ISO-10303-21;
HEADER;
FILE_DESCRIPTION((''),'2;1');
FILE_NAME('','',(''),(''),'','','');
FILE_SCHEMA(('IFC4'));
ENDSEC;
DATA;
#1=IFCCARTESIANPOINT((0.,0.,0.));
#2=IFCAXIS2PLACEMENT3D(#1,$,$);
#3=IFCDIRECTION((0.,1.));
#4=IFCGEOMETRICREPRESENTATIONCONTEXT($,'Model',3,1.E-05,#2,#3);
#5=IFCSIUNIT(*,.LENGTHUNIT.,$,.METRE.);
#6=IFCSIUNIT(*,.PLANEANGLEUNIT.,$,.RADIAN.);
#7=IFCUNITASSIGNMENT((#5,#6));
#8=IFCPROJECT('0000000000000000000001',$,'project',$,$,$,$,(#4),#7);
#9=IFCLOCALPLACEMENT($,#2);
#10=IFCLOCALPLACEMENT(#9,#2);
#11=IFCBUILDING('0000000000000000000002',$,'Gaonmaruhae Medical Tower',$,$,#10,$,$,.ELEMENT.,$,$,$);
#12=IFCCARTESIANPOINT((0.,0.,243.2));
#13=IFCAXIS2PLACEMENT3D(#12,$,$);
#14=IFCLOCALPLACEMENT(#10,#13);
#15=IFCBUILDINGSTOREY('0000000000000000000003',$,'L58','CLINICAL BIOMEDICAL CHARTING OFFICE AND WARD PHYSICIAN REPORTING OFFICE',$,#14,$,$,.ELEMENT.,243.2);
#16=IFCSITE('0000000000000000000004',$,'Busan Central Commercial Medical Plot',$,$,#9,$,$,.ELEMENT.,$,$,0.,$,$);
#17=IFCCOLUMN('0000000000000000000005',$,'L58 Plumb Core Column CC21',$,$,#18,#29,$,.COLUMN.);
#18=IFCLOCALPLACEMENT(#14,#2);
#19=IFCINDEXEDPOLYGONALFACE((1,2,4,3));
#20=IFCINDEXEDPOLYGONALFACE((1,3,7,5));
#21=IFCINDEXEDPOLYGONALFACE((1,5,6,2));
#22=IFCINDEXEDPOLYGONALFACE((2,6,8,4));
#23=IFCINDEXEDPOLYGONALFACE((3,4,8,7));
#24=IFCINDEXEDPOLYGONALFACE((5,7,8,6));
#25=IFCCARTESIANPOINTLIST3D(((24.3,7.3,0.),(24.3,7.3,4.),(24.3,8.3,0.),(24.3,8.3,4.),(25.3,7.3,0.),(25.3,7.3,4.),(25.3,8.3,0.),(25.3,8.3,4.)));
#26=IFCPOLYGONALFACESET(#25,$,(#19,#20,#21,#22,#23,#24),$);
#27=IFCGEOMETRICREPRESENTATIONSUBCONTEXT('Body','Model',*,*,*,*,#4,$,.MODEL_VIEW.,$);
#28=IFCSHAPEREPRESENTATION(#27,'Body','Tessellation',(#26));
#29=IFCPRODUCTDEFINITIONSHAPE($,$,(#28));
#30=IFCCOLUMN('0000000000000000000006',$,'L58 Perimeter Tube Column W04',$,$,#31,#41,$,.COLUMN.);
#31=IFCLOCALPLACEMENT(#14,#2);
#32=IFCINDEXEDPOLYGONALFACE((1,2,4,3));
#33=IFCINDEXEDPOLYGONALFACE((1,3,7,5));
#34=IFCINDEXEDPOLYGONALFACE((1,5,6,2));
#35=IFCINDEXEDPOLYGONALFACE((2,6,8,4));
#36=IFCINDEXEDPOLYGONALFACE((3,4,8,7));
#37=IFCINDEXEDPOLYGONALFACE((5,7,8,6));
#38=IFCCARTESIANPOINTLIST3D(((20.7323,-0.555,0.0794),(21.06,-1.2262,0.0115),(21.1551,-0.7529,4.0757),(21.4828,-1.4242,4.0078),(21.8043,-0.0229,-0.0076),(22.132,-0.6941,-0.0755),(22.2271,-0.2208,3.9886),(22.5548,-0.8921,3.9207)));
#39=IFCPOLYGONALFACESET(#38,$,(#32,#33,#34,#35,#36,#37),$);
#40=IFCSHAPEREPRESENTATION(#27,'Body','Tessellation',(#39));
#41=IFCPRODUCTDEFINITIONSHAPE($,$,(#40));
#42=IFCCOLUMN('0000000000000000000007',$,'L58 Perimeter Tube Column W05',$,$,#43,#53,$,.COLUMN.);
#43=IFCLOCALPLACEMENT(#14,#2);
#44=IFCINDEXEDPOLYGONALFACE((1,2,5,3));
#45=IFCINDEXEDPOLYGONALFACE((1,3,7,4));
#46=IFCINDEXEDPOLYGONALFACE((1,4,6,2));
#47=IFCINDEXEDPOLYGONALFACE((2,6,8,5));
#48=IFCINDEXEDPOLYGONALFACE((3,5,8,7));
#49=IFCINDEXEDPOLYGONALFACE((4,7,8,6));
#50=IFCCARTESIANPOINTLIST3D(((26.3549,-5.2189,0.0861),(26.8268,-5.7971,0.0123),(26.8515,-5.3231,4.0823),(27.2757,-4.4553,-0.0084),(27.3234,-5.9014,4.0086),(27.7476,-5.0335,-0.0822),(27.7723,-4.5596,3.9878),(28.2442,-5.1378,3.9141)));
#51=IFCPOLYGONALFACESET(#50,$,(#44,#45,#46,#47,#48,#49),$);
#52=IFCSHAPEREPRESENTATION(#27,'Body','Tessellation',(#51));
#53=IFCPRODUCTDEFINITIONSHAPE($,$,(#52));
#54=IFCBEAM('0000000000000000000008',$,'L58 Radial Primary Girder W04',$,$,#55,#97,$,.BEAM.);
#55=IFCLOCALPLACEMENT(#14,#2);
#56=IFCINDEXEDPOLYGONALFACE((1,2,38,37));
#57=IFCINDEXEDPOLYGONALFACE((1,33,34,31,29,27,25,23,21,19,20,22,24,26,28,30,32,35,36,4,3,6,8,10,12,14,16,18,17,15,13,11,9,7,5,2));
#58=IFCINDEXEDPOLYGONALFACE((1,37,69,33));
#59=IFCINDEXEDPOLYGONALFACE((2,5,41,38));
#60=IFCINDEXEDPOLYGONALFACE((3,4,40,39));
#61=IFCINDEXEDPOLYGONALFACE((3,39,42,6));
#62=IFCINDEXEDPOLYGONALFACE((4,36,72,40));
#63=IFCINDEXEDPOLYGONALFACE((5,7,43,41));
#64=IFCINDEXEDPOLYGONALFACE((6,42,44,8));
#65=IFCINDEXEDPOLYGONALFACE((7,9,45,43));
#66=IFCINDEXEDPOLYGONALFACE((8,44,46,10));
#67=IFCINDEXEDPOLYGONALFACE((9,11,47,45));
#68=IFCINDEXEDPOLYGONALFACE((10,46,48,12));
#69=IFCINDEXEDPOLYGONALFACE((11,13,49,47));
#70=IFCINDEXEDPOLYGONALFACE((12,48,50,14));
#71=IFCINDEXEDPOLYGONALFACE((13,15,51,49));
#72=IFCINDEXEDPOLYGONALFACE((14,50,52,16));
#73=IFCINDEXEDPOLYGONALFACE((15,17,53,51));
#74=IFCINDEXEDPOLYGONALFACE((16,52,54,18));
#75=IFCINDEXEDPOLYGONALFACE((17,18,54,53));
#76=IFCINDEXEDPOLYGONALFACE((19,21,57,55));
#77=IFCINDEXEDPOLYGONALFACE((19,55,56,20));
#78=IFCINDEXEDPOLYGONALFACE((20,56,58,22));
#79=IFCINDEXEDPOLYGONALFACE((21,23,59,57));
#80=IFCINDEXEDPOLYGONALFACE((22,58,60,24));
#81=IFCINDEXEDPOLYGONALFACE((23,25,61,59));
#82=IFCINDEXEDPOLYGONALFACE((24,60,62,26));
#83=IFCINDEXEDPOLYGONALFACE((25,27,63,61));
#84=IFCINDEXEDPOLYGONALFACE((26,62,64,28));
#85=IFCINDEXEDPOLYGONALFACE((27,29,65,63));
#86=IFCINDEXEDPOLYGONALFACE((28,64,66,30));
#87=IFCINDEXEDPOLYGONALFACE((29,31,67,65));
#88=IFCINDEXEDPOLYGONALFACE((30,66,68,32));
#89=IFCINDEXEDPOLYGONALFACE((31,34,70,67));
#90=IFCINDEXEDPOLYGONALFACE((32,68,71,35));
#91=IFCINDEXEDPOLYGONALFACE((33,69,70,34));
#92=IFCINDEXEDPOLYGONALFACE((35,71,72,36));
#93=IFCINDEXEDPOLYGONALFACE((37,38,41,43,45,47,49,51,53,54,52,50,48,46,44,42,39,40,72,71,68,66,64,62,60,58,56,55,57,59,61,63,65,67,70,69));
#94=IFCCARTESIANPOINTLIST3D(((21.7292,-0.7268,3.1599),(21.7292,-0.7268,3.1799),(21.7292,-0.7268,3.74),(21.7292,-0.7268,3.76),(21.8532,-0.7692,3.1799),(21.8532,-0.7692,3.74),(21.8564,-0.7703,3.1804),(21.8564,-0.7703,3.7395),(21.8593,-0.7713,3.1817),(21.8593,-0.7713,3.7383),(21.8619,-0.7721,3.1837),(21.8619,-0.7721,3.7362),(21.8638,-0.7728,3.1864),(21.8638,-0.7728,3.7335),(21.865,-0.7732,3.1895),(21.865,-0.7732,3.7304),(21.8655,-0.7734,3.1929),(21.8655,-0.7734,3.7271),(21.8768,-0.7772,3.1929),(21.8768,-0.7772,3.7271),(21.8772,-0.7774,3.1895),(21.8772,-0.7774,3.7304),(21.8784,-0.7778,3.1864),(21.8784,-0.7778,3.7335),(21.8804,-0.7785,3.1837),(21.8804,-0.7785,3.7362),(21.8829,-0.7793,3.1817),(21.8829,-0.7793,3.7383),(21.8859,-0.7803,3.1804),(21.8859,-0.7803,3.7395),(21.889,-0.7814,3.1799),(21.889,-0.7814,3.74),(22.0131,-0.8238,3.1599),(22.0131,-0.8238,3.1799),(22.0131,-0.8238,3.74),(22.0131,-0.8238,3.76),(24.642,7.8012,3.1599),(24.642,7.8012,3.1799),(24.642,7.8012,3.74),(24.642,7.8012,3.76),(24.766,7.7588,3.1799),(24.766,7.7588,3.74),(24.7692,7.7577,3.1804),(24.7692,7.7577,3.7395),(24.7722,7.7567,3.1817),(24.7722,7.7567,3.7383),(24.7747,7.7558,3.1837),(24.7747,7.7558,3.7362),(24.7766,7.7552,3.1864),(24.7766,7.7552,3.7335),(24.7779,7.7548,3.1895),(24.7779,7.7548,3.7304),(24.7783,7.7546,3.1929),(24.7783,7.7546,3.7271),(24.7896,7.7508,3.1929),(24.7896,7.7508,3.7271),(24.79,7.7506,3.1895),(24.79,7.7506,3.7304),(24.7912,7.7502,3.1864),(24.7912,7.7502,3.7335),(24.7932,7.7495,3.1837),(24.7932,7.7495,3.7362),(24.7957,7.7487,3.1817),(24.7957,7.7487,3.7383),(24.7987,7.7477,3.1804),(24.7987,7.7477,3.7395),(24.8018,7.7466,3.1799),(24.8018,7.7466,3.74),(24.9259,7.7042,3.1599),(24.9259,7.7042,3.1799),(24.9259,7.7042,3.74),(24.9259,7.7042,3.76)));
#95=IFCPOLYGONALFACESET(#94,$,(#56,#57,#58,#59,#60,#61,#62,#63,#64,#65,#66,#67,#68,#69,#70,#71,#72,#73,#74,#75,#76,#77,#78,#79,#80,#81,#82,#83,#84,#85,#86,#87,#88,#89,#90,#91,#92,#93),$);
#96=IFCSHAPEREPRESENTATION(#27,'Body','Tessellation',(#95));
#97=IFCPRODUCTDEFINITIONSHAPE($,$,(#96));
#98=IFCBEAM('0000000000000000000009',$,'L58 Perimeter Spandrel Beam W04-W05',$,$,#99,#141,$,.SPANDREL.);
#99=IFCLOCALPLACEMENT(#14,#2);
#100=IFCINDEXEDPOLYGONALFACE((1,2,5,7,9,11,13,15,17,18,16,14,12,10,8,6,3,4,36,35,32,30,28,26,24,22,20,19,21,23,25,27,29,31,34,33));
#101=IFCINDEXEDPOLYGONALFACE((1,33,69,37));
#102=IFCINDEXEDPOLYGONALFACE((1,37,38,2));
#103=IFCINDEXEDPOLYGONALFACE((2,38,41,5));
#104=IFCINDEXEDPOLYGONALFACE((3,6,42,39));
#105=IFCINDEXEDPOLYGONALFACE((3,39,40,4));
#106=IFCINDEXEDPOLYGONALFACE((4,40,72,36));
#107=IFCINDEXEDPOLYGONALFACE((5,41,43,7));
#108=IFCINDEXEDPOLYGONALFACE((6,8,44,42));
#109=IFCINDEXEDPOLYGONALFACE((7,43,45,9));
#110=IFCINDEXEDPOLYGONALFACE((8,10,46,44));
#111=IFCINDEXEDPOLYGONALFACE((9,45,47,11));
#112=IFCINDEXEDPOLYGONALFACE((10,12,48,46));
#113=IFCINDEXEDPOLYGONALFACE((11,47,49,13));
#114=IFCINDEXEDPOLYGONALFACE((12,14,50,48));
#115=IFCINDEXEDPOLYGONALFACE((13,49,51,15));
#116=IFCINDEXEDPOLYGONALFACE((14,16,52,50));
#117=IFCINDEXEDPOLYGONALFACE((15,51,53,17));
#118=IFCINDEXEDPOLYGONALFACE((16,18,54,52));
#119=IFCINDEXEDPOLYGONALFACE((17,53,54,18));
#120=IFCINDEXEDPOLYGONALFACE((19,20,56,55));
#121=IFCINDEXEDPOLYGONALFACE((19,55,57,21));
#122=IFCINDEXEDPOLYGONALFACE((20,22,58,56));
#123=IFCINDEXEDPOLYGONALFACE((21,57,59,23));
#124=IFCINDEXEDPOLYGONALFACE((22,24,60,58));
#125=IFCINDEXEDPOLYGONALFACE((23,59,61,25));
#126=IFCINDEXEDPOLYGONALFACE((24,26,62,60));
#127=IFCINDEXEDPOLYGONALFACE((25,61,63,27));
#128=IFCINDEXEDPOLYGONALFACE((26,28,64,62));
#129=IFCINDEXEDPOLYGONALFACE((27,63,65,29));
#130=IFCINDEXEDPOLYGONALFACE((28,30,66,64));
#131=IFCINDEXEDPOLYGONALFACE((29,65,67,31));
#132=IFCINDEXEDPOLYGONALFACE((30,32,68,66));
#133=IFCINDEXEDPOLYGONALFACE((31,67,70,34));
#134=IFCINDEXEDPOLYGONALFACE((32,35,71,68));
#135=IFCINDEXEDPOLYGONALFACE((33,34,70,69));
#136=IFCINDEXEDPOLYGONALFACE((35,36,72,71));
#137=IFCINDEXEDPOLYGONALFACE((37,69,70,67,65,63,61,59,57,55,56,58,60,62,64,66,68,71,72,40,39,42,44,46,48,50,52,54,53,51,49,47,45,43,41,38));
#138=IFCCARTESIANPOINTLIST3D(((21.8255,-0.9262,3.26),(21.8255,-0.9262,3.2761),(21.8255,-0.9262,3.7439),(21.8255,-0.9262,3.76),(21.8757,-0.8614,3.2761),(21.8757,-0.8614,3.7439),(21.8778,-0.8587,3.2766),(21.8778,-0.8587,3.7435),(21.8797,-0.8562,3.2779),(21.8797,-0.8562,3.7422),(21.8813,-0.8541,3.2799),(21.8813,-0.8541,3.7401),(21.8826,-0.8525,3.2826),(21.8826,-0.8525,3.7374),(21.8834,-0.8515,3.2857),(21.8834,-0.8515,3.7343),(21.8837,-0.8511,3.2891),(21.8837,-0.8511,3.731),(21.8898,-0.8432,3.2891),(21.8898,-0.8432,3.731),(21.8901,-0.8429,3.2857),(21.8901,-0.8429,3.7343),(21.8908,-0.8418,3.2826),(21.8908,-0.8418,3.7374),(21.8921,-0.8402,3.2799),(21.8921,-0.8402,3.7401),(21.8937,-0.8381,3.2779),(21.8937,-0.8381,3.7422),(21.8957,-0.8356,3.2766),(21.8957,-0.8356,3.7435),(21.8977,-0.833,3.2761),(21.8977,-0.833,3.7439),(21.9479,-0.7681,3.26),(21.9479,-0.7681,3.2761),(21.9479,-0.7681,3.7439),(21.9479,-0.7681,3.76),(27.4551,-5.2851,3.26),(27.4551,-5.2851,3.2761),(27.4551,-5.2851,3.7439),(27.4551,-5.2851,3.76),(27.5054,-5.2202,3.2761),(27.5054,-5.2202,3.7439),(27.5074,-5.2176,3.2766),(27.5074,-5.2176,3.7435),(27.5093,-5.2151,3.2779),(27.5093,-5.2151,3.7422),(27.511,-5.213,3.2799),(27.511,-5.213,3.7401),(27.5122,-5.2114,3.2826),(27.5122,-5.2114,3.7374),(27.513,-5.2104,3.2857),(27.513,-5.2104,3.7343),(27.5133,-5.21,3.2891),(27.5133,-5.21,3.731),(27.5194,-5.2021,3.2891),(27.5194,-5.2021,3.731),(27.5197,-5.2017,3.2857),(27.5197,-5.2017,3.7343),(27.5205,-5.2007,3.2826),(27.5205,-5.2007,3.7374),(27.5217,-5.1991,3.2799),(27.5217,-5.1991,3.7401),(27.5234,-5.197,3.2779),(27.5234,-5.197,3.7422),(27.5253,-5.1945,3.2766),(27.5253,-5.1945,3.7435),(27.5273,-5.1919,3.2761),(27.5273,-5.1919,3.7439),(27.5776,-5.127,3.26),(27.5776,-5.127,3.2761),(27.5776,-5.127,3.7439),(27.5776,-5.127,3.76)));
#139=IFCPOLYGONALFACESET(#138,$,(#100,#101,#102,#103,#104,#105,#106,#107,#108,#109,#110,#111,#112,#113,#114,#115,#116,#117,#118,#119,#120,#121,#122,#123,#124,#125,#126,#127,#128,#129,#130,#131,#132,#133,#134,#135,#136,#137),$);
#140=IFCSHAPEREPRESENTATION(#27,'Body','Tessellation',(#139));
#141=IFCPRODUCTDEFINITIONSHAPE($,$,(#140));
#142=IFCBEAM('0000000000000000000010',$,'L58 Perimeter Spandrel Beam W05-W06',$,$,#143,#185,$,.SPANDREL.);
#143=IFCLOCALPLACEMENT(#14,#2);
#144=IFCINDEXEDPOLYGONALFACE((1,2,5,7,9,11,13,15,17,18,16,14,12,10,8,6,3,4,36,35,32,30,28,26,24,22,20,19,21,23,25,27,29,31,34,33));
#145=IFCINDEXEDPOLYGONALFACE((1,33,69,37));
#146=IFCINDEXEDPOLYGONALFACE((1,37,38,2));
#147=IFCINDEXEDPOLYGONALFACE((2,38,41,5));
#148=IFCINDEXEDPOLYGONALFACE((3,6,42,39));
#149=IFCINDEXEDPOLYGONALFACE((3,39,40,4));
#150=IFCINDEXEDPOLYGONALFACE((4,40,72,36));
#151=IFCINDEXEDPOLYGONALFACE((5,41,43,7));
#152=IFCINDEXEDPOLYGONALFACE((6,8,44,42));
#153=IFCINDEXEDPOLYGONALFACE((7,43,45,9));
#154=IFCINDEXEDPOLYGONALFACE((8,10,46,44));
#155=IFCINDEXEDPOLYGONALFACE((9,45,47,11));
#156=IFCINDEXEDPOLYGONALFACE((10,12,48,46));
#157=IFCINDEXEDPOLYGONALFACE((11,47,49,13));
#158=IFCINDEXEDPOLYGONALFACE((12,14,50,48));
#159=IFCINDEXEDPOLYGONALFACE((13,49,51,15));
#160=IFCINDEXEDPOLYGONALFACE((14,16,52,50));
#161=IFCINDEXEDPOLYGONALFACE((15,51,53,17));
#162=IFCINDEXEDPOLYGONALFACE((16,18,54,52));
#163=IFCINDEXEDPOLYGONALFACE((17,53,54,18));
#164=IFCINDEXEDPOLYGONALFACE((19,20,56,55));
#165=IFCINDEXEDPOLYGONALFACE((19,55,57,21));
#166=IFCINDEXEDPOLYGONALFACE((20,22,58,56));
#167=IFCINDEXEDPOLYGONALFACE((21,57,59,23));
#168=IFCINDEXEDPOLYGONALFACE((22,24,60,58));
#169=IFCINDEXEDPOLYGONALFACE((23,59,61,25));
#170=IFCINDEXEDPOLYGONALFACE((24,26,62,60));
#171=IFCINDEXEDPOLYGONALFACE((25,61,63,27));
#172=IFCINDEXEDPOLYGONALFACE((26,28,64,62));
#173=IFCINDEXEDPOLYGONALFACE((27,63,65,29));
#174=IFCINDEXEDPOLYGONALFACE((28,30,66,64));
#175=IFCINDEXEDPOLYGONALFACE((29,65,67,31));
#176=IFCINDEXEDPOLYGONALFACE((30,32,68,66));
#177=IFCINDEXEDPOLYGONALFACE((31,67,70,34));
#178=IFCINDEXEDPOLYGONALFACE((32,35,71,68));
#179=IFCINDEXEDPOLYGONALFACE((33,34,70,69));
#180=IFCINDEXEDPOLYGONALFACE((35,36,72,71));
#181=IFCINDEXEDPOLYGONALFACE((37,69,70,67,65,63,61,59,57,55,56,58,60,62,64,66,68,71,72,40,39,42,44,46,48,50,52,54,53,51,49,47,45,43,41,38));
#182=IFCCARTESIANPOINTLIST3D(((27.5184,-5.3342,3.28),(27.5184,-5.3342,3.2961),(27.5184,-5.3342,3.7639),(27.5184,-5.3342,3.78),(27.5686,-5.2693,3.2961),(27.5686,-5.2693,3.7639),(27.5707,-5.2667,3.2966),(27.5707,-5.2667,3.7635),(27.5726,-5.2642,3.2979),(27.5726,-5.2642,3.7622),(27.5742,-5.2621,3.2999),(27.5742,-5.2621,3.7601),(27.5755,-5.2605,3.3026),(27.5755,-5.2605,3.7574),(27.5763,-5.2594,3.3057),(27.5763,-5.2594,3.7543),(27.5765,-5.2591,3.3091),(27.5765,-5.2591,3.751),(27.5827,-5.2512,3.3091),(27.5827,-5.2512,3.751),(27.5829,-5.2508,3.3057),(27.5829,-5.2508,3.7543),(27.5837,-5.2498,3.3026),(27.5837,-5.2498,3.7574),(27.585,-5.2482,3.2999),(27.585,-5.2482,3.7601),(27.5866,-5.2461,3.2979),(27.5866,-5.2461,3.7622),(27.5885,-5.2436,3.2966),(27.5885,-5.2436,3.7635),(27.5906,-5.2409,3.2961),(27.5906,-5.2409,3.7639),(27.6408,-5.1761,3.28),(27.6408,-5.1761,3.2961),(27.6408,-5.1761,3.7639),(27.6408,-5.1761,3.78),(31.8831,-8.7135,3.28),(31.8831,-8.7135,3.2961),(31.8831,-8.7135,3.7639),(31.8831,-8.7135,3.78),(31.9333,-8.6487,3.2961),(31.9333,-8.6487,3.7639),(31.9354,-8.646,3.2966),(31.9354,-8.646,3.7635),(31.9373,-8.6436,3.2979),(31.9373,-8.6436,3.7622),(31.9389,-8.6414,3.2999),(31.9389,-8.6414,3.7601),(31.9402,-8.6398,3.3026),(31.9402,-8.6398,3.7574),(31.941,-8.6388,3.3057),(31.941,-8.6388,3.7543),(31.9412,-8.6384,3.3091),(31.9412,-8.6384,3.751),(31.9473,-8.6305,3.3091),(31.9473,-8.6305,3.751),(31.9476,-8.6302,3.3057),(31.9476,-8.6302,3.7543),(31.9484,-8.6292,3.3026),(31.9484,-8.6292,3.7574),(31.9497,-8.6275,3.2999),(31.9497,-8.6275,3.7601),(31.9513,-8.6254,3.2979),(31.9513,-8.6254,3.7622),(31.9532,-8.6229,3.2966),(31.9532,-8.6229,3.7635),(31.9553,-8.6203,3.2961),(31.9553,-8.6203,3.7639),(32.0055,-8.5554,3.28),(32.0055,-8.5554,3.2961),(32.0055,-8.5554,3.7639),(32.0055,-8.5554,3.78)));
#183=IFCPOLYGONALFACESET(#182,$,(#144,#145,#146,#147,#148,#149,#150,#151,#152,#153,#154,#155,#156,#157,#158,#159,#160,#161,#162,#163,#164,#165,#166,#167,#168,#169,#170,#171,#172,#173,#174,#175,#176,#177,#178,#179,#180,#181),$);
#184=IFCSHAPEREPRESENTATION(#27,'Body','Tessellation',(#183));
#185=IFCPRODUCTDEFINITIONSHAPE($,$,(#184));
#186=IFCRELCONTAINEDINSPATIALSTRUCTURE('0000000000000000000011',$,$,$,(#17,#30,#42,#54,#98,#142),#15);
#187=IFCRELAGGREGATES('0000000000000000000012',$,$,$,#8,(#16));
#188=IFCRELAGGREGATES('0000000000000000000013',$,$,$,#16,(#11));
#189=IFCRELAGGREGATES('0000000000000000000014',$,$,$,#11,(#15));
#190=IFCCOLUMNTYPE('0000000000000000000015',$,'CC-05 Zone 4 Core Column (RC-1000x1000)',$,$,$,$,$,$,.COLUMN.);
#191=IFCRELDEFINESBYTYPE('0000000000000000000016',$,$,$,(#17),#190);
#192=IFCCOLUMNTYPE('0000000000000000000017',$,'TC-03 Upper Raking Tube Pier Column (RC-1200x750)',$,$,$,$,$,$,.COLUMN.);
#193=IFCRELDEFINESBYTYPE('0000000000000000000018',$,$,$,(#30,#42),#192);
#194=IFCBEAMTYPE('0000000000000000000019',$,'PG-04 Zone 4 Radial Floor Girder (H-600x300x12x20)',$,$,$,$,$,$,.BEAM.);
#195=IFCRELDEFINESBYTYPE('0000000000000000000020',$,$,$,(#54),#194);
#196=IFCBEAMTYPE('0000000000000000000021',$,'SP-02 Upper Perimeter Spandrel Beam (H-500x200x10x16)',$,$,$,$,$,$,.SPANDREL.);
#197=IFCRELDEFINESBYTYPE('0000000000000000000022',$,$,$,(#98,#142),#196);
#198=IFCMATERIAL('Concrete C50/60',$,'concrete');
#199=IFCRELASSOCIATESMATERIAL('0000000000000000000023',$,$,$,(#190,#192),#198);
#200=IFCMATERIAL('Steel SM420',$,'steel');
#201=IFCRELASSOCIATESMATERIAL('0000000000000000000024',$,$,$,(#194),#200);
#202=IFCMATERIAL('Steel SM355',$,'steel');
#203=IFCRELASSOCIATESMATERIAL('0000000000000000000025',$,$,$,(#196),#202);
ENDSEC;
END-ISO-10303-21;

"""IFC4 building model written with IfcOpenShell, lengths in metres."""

from ifc_helpers import new_model, si_unit, direction, frame, origin, origin_2d, place, context, subcontext, project, spatial, rectangle, i_section, extrude, material, material_profile, profile_set, type_object, element, save


model = new_model("IFC4")

# Units and contexts
model_context = context("Model", 3, precision=1e-05, world=origin(), true_north=direction((0.0, 1.0)))
body_context = subcontext(model_context, "Body", "Model", "MODEL_VIEW")
ifc_project = project(units=[si_unit("LENGTHUNIT", "METRE"), si_unit("PLANEANGLEUNIT", "RADIAN")], contexts=[model_context])

# Site, building, storey
site_placement = place(None, origin())
site = spatial("IfcSite", under=ifc_project, at=site_placement, Name="Busan Central Commercial Medical Plot", CompositionType="ELEMENT", RefElevation=0.0)
building_placement = place(site_placement, origin())
building = spatial("IfcBuilding", under=site, at=building_placement, Name="Gaonmaruhae Medical Tower", CompositionType="ELEMENT")
storey_placement = place(building_placement, frame((0.0, 0.0, 243.2)))
storey = spatial("IfcBuildingStorey", under=building, at=storey_placement, Name="L58", Description="CLINICAL BIOMEDICAL CHARTING OFFICE AND WARD PHYSICIAN REPORTING OFFICE", CompositionType="ELEMENT", Elevation=243.2)

# Columns
ifc_material_1 = material(Name="Concrete C50/60", Category="concrete")
ifc_material_profile_1 = material_profile(ifc_material_1, rectangle(XDim=1.0, YDim=1.0, at=origin_2d()), Name="RC-1000x1000")
ifc_profile_set_1 = profile_set([ifc_material_profile_1], Name="Concrete C50/60")
column_type_1 = type_object("IfcColumnType", Name="CC-05 Zone 4 Core Column (RC-1000x1000)", PredefinedType="COLUMN", material=ifc_profile_set_1)
column_1_placement = place(storey_placement, frame((24.8, 7.8, 0.0), z_axis=(0.0, 0.0, 1.0), x_axis=(1.0, 0.0, 0.0)))
element("IfcColumn", 1, at=column_1_placement, inside=storey, type_object=column_type_1, Name="L58 Plumb Core Column CC21", PredefinedType="COLUMN", context=body_context, shape_type="SweptSolid", body=[
    extrude(rectangle(XDim=1.0, YDim=1.0, at=origin_2d()), origin(), (0.0, 0.0, 1.0), 4.0),
])
ifc_material_profile_2 = material_profile(ifc_material_1, rectangle(XDim=1.2, YDim=0.75, at=origin_2d()), Name="RC-1200x750")
ifc_profile_set_2 = profile_set([ifc_material_profile_2], Name="Concrete C50/60")
column_type_2 = type_object("IfcColumnType", Name="TC-03 Upper Raking Tube Pier Column (RC-1200x750)", PredefinedType="COLUMN", material=ifc_profile_set_2)
column_2_placement = place(storey_placement, frame((21.4321, -0.6245, 0.002), z_axis=(0.105095, -0.04921, 0.993244), x_axis=(-0.893364, -0.443437, 0.072557)))
element("IfcColumn", 2, at=column_2_placement, inside=storey, type_object=column_type_2, Name="L58 Perimeter Tube Column W04", PredefinedType="COLUMN", context=body_context, shape_type="SweptSolid", body=[
    extrude(rectangle(XDim=1.2, YDim=0.75, at=origin_2d()), origin(), (0.0, 0.0, 1.0), 4.0234),
])
column_3_placement = place(storey_placement, frame((27.0513, -5.1262, 0.002), z_axis=(0.12327, -0.025878, 0.992036), x_axis=(-0.767373, -0.636347, 0.078753)))
element("IfcColumn", 3, at=column_3_placement, inside=storey, type_object=column_type_2, Name="L58 Perimeter Tube Column W05", PredefinedType="COLUMN", context=body_context, shape_type="SweptSolid", body=[
    extrude(rectangle(XDim=1.2, YDim=0.75, at=origin_2d()), origin(), (0.0, 0.0, 1.0), 4.0283),
])

# Beams
ifc_material_2 = material(Name="Steel SM420", Category="steel")
ifc_material_profile_3 = material_profile(ifc_material_2, i_section(OverallWidth=0.3, OverallDepth=0.6001, WebThickness=0.012, FlangeThickness=0.02, FilletRadius=0.0129, at=origin_2d()), Name="H-600x300x12x20")
ifc_profile_set_3 = profile_set([ifc_material_profile_3], Name="Steel SM420")
beam_type_1 = type_object("IfcBeamType", Name="PG-04 Zone 4 Radial Floor Girder (H-600x300x12x20)", PredefinedType="BEAM", material=ifc_profile_set_3)
beam_1_placement = place(storey_placement, frame((24.7839, 7.7527, 3.46), z_axis=(-0.323225, -0.946322, 0.0), x_axis=(0.946322, -0.323225, 0.0)))
element("IfcBeam", 4, at=beam_1_placement, inside=storey, type_object=beam_type_1, Name="L58 Radial Primary Girder W04", PredefinedType="BEAM", context=body_context, shape_type="SweptSolid", body=[
    extrude(i_section(OverallWidth=0.3, OverallDepth=0.6001, WebThickness=0.012, FlangeThickness=0.02, FilletRadius=0.0129, at=origin_2d()), origin(), (0.0, 0.0, 1.0), 9.0117),
])
ifc_material_3 = material(Name="Steel SM355", Category="steel")
ifc_material_profile_4 = material_profile(ifc_material_3, i_section(OverallWidth=0.2, OverallDepth=0.5, WebThickness=0.01, FlangeThickness=0.0161, FilletRadius=0.0129, at=origin_2d()), Name="H-500x200x10x16")
ifc_profile_set_4 = profile_set([ifc_material_profile_4], Name="Steel SM355")
beam_type_2 = type_object("IfcBeamType", Name="SP-02 Upper Perimeter Spandrel Beam (H-500x200x10x16)", PredefinedType="SPANDREL", material=ifc_profile_set_4)
beam_2_placement = place(storey_placement, frame((21.8867, -0.8472, 3.51), z_axis=(0.790693, -0.612213, 0.0), x_axis=(0.612213, 0.790693, 0.0)))
element("IfcBeam", 5, at=beam_2_placement, inside=storey, type_object=beam_type_2, Name="L58 Perimeter Spandrel Beam W04-W05", PredefinedType="SPANDREL", context=body_context, shape_type="SweptSolid", body=[
    extrude(i_section(OverallWidth=0.2, OverallDepth=0.5, WebThickness=0.01, FlangeThickness=0.0161, FilletRadius=0.0129, at=origin_2d()), origin(), (0.0, 0.0, 1.0), 7.1199),
])
beam_3_placement = place(storey_placement, frame((27.5796, -5.2551, 3.53), z_axis=(0.790703, -0.6122, 0.0), x_axis=(0.6122, 0.790703, 0.0)))
element("IfcBeam", 6, at=beam_3_placement, inside=storey, type_object=beam_type_2, Name="L58 Perimeter Spandrel Beam W05-W06", PredefinedType="SPANDREL", context=body_context, shape_type="SweptSolid", body=[
    extrude(i_section(OverallWidth=0.2, OverallDepth=0.5, WebThickness=0.01, FlangeThickness=0.0161, FilletRadius=0.0129, at=origin_2d()), origin(), (0.0, 0.0, 1.0), 5.52),
])

save(model, "model.ifc")
